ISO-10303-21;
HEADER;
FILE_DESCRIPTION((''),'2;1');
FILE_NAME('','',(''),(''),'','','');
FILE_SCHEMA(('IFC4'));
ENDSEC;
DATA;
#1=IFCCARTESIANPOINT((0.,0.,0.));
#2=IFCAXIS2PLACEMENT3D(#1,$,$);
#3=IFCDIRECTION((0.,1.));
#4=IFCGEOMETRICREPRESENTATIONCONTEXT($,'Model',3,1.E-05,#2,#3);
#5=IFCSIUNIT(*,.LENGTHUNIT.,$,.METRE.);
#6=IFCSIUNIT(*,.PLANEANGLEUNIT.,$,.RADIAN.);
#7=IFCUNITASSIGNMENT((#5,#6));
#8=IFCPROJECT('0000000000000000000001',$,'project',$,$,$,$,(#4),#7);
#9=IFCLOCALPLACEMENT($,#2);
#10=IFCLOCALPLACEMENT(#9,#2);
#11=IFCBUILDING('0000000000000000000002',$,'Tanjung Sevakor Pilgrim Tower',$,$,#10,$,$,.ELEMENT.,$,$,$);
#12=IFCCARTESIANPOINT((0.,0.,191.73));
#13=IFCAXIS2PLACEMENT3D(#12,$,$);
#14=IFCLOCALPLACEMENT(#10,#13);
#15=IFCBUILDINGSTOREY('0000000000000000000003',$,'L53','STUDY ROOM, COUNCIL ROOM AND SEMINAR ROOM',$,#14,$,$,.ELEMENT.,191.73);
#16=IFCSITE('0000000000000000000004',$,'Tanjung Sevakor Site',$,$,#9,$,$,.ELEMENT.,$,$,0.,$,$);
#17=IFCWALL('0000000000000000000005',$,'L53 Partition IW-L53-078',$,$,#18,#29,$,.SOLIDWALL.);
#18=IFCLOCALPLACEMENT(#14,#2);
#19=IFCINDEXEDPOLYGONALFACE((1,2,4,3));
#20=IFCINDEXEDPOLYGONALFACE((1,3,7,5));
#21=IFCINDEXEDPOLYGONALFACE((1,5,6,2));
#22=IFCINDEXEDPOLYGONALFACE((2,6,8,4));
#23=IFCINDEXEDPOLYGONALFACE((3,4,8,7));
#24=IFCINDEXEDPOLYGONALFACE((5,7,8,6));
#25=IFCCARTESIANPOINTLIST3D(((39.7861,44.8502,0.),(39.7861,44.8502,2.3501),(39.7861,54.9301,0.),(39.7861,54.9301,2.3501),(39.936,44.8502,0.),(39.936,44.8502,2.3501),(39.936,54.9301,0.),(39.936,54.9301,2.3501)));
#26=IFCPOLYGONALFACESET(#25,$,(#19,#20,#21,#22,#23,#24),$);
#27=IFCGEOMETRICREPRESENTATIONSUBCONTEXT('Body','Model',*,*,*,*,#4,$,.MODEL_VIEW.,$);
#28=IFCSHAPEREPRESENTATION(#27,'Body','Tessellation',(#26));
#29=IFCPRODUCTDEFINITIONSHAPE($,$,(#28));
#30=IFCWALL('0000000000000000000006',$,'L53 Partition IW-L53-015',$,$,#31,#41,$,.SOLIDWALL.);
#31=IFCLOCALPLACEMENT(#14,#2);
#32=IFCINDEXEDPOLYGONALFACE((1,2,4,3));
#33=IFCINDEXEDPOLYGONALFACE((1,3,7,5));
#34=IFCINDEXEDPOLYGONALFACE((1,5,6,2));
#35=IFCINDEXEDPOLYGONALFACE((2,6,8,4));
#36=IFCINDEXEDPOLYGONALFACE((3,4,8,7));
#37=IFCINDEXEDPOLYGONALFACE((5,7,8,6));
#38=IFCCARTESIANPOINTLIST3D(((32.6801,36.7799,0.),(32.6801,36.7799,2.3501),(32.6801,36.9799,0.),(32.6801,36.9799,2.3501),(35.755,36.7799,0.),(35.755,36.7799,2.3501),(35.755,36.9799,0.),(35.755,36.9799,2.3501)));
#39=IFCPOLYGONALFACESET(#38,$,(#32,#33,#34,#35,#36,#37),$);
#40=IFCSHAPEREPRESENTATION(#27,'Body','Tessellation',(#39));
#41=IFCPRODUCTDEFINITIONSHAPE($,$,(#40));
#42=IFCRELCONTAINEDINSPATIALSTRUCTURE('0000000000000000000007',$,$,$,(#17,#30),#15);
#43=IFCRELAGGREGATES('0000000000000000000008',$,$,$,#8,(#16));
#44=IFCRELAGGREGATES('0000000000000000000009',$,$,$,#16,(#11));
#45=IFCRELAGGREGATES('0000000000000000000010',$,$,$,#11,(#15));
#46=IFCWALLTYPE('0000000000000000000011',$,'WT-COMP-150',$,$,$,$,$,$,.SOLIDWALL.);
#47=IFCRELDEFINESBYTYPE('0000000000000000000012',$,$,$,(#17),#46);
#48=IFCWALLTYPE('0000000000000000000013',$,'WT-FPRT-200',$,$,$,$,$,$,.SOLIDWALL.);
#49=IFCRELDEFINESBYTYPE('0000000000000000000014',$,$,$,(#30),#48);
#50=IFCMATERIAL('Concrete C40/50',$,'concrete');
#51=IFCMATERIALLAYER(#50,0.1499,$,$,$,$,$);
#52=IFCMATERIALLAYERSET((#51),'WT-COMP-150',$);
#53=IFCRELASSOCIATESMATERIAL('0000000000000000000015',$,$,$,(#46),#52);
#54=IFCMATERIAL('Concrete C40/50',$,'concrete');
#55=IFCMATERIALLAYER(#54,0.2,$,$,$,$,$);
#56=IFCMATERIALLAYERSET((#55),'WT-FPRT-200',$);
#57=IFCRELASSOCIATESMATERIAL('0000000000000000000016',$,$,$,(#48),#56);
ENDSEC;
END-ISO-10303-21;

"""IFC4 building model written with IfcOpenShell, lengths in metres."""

from ifc_helpers import new_model, si_unit, direction, frame, frame_2d, origin, place, context, subcontext, project, spatial, rectangle, extrude, material, layer, layer_set, type_object, element, save


model = new_model("IFC4")

# Units and contexts
model_context = context("Model", 3, precision=1e-05, world=origin(), true_north=direction((0.0, 1.0)))
body_context = subcontext(model_context, "Body", "Model", "MODEL_VIEW")
ifc_project = project(units=[si_unit("LENGTHUNIT", "METRE"), si_unit("PLANEANGLEUNIT", "RADIAN")], contexts=[model_context])

# Site, building, storey
site_placement = place(None, origin())
site = spatial("IfcSite", under=ifc_project, at=site_placement, Name="Tanjung Sevakor Site", CompositionType="ELEMENT", RefElevation=0.0)
building_placement = place(site_placement, origin())
building = spatial("IfcBuilding", under=site, at=building_placement, Name="Tanjung Sevakor Pilgrim Tower", CompositionType="ELEMENT")
storey_placement = place(building_placement, frame((0.0, 0.0, 191.73)))
storey = spatial("IfcBuildingStorey", under=building, at=storey_placement, Name="L53", Description="STUDY ROOM, COUNCIL ROOM AND SEMINAR ROOM", CompositionType="ELEMENT", Elevation=191.73)

# Shared definitions
ifc_material_1 = material(Name="Concrete C40/50", Category="concrete")
ifc_layer_1 = layer(ifc_material_1, 0.1499)
ifc_layer_set_1 = layer_set([ifc_layer_1], Name="WT-COMP-150")
wall_type_1 = type_object("IfcWallType", Name="WT-COMP-150", PredefinedType="SOLIDWALL", material=ifc_layer_set_1)

# Wall
for number, where, z_axis, x_axis, name in (
    (1, (39.8611, 44.8501, 0.0), (0.0, 0.0, 1.0), (0.0, 1.0, 0.0), "L53 Partition IW-L53-078"),
):
    element("IfcWall", number, at=place(storey_placement, frame(where, z_axis=z_axis, x_axis=x_axis)), inside=storey, type_object=wall_type_1, Name=name, PredefinedType="SOLIDWALL", context=body_context, shape_type="SweptSolid", body=[
        extrude(rectangle(XDim=10.0798, YDim=0.1499, at=frame_2d((5.04, 0.0))), origin(), (0.0, 0.0, 1.0), 2.3501),
    ])

# Wall
ifc_material_2 = material(Name="Concrete C40/50", Category="concrete")
ifc_layer_2 = layer(ifc_material_2, 0.2)
ifc_layer_set_2 = layer_set([ifc_layer_2], Name="WT-FPRT-200")
wall_type_2 = type_object("IfcWallType", Name="WT-FPRT-200", PredefinedType="SOLIDWALL", material=ifc_layer_set_2)
wall_1_placement = place(storey_placement, frame((32.6799, 36.8799, 0.0), z_axis=(0.0, 0.0, 1.0), x_axis=(1.0, 0.0, 0.0)))
element("IfcWall", 2, at=wall_1_placement, inside=storey, type_object=wall_type_2, Name="L53 Partition IW-L53-015", PredefinedType="SOLIDWALL", context=body_context, shape_type="SweptSolid", body=[
    extrude(rectangle(XDim=3.075, YDim=0.2, at=frame_2d((1.5376, 0.0))), origin(), (0.0, 0.0, 1.0), 2.3501),
])

save(model, "model.ifc")
